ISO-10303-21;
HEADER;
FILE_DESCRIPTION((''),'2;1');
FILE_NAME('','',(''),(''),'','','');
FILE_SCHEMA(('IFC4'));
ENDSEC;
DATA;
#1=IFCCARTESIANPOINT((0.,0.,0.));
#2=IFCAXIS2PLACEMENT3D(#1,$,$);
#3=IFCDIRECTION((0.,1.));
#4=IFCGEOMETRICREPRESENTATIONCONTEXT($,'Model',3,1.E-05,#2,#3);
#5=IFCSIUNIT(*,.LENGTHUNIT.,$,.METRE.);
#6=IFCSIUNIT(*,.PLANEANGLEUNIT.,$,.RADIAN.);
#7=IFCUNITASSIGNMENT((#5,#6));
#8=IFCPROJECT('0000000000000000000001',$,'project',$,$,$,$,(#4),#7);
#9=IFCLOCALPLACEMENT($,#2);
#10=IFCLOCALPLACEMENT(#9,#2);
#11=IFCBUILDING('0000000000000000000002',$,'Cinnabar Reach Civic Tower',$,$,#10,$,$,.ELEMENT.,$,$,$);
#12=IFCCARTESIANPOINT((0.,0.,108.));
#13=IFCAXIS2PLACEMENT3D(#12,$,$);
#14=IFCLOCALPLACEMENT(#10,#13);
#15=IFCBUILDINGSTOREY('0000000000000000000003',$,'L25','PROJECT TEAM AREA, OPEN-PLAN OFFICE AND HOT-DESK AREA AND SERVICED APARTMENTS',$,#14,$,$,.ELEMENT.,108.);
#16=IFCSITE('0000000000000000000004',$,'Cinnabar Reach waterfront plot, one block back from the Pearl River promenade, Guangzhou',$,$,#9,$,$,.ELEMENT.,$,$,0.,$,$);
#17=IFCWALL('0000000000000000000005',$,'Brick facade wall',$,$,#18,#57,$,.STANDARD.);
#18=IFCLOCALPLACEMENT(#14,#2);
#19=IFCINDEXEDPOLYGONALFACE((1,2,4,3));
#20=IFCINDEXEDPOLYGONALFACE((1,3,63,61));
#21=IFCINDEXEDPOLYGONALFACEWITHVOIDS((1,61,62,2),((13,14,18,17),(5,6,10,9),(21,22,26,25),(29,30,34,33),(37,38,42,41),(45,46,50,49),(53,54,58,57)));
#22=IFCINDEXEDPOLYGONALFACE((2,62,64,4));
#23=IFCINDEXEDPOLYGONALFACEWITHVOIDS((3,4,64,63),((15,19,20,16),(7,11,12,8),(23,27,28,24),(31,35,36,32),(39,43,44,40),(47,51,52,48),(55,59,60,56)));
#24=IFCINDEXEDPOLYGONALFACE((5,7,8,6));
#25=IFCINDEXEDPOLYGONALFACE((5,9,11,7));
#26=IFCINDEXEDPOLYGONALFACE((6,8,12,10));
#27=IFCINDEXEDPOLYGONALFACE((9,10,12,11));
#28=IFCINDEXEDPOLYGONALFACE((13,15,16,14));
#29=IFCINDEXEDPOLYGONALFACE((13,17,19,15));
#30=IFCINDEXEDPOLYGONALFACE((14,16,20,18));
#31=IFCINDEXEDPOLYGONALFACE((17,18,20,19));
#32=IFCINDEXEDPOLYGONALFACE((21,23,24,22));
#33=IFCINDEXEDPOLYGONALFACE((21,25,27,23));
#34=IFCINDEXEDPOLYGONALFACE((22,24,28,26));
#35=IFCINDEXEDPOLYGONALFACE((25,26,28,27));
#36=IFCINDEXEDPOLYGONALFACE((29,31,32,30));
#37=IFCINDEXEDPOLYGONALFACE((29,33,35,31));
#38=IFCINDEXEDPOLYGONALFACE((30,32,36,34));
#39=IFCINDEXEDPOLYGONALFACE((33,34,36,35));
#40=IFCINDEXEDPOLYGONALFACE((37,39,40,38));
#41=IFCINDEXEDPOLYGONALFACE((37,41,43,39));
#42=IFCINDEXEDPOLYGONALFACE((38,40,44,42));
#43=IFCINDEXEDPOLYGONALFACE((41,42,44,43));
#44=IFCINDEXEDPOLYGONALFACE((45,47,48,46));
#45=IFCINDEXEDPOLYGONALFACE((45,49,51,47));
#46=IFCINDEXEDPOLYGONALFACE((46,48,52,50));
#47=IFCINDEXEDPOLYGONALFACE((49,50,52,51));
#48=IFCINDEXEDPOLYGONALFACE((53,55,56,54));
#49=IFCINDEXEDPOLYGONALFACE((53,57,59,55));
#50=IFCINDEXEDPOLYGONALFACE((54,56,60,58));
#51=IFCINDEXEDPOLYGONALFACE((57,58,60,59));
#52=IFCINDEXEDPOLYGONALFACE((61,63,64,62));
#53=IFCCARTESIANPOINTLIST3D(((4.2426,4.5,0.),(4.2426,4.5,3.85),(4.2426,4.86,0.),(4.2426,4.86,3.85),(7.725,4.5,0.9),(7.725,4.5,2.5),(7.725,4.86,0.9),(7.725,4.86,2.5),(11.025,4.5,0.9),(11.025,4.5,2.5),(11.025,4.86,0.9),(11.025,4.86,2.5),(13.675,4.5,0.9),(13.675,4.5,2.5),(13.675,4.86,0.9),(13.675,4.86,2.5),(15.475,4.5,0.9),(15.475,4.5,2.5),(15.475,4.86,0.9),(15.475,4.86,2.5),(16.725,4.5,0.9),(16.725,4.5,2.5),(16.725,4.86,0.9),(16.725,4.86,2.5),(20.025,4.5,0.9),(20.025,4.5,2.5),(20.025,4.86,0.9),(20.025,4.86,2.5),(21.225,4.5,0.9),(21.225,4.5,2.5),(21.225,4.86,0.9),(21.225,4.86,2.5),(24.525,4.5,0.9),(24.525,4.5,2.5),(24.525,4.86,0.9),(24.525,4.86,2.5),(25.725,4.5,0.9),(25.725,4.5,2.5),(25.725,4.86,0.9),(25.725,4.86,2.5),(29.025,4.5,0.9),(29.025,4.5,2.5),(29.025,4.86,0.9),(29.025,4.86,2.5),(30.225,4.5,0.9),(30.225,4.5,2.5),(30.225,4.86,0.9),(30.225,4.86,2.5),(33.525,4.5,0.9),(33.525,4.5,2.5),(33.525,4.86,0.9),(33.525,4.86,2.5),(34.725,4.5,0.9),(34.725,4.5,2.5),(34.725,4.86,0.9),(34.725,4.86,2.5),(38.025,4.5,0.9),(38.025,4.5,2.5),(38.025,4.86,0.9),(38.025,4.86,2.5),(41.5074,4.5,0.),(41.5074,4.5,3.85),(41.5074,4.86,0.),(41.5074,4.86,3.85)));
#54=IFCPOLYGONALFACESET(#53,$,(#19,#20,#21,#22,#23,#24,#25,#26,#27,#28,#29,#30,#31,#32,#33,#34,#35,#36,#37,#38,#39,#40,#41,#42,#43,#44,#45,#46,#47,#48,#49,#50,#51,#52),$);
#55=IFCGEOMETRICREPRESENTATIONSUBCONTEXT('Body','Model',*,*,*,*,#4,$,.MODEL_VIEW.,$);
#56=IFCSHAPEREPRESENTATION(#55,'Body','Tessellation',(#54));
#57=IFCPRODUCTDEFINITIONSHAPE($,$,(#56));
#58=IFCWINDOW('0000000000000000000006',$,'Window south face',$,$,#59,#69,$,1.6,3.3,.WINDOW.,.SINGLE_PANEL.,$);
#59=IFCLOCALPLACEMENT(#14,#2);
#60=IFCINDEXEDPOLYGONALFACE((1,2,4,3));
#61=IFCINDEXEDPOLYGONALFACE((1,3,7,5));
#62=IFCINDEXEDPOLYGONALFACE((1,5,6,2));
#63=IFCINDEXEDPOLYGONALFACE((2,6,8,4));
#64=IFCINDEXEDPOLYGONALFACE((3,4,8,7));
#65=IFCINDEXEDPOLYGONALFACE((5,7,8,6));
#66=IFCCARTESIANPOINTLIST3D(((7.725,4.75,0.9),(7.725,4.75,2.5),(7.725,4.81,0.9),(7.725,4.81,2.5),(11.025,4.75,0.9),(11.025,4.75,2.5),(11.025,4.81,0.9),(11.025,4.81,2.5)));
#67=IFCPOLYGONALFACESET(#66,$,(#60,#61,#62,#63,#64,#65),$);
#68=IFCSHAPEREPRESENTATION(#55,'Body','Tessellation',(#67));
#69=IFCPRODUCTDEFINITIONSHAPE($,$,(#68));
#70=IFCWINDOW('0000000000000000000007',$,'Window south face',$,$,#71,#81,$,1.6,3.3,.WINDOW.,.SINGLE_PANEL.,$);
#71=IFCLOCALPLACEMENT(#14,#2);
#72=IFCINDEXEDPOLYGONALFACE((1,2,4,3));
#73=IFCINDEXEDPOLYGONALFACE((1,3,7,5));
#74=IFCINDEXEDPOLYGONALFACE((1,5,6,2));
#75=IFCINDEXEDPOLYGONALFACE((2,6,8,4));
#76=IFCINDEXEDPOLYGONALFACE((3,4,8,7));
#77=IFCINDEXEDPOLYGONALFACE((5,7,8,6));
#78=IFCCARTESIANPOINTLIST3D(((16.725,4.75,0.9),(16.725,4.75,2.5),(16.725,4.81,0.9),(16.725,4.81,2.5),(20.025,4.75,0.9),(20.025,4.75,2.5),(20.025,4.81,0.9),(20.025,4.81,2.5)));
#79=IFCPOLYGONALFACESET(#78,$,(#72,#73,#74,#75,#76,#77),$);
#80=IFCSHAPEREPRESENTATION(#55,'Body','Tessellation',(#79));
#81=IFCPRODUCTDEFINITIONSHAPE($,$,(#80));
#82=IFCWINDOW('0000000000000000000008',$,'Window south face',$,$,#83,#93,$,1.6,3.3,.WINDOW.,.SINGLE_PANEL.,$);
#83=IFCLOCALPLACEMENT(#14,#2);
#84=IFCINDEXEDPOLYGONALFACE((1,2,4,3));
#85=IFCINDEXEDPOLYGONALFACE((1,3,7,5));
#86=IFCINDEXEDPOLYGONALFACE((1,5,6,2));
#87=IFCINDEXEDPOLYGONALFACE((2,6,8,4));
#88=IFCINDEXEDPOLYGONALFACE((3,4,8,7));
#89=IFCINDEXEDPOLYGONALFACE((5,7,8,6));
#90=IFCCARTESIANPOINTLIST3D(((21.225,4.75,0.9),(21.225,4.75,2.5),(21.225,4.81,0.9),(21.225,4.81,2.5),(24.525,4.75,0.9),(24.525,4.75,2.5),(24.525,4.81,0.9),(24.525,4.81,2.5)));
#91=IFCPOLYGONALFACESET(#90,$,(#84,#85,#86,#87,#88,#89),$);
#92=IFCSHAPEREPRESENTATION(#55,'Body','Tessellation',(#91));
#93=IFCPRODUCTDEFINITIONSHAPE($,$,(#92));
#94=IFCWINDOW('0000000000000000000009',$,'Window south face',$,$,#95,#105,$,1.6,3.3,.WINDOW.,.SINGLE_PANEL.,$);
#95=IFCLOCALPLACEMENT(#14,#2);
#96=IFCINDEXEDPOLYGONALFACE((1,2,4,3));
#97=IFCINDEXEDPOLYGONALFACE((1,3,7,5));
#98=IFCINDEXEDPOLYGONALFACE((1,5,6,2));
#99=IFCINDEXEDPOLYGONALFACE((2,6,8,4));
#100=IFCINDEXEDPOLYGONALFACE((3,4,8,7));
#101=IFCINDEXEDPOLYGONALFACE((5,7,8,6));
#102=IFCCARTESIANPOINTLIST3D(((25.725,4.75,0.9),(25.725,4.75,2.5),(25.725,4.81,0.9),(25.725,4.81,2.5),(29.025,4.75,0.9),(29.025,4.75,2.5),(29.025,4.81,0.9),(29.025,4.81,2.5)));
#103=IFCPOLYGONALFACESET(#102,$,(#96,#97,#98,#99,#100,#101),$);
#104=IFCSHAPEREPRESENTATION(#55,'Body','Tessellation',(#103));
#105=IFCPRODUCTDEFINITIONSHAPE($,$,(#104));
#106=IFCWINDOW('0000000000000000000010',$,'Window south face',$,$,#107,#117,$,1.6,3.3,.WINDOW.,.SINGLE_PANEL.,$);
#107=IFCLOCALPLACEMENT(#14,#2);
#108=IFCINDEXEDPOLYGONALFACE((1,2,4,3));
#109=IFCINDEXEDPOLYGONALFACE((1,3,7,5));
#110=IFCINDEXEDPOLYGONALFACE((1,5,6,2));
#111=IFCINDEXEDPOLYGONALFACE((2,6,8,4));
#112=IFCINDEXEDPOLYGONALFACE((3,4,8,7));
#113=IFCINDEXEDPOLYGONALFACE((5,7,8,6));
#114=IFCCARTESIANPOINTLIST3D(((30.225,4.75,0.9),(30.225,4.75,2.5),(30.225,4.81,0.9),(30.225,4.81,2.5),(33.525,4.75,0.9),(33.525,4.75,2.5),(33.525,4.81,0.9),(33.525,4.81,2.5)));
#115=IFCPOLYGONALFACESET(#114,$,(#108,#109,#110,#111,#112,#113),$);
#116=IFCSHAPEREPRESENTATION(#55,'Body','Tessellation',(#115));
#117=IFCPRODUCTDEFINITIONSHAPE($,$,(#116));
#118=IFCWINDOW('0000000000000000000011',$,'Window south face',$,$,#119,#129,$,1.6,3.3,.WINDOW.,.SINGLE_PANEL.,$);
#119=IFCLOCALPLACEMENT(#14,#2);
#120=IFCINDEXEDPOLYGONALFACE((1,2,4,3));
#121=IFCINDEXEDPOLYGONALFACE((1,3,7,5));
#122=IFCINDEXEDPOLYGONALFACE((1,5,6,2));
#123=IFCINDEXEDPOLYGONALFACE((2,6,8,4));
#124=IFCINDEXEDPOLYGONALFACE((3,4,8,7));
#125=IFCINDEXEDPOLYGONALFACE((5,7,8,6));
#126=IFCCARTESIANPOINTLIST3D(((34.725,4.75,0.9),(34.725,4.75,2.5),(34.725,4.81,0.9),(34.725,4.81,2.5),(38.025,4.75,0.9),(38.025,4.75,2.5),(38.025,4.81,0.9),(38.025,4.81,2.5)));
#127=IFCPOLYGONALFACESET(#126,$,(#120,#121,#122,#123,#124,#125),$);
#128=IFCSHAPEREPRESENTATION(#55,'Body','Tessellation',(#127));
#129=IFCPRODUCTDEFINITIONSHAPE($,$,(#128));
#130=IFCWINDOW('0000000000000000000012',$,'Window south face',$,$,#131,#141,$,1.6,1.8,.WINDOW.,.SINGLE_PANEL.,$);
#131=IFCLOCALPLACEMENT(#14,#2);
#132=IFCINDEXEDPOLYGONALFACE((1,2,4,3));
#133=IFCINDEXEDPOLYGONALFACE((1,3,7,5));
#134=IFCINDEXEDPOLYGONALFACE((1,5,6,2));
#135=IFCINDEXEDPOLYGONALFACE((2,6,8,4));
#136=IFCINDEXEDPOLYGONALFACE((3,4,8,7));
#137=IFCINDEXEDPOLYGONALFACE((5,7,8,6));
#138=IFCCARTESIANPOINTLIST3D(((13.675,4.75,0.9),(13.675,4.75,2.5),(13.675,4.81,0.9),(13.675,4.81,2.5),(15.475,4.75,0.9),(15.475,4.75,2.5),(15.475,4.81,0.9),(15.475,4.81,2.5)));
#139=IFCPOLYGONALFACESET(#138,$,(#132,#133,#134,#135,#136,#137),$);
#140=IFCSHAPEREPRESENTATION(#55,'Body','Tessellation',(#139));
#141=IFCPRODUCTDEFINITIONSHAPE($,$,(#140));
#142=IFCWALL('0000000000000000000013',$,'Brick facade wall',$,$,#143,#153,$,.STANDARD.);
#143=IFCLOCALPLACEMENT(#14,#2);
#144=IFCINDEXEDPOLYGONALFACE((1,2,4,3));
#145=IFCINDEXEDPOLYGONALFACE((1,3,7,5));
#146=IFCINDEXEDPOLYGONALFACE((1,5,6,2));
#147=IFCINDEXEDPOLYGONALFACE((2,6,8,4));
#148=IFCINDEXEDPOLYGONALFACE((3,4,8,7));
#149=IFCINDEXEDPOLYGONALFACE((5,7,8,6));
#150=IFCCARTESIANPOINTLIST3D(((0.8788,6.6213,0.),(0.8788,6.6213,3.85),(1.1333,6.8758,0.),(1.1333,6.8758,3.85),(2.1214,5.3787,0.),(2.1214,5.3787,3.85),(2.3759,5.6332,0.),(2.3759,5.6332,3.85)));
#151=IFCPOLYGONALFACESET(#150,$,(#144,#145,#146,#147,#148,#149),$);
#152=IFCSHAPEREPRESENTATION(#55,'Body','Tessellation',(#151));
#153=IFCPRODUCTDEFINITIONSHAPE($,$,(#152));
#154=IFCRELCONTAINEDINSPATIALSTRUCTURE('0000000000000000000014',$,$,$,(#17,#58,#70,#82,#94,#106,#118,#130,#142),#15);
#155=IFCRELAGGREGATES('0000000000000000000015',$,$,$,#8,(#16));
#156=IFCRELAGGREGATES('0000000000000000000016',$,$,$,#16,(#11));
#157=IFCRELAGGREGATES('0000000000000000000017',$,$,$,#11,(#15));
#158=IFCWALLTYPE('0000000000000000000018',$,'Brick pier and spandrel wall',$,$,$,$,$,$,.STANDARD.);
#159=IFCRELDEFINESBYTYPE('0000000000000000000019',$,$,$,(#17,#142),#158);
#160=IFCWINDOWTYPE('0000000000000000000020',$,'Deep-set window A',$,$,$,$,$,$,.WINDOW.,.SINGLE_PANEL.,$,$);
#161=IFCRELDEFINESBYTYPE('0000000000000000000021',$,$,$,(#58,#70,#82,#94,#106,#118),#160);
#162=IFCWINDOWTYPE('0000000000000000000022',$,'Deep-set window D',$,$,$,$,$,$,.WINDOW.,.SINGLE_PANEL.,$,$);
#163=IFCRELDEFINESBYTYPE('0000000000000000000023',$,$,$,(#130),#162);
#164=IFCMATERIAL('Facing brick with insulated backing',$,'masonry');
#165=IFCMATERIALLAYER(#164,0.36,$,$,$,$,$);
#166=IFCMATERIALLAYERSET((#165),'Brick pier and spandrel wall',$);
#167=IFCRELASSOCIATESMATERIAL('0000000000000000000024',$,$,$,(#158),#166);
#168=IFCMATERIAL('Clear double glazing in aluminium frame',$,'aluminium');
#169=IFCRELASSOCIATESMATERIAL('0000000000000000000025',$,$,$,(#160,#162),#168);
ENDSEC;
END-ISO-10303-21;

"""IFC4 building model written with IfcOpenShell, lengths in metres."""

from ifc_helpers import new_model, si_unit, direction, frame, frame_2d, origin, place, context, subcontext, project, spatial, rectangle, extrude, material, layer, layer_set, type_object, element, fill, save


model = new_model("IFC4")

# Units and contexts
model_context = context("Model", 3, precision=1e-05, world=origin(), true_north=direction((0.0, 1.0)))
body_context = subcontext(model_context, "Body", "Model", "MODEL_VIEW")
ifc_project = project(units=[si_unit("LENGTHUNIT", "METRE"), si_unit("PLANEANGLEUNIT", "RADIAN")], contexts=[model_context])

# Site, building, storey
site_placement = place(None, origin())
site = spatial("IfcSite", under=ifc_project, at=site_placement, Name="Cinnabar Reach waterfront plot, one block back from the Pearl River promenade, Guangzhou", CompositionType="ELEMENT", RefElevation=0.0)
building_placement = place(site_placement, origin())
building = spatial("IfcBuilding", under=site, at=building_placement, Name="Cinnabar Reach Civic Tower", CompositionType="ELEMENT")
storey_placement = place(building_placement, frame((0.0, 0.0, 108.0)))
storey = spatial("IfcBuildingStorey", under=building, at=storey_placement, Name="L25", Description="PROJECT TEAM AREA, OPEN-PLAN OFFICE AND HOT-DESK AREA AND SERVICED APARTMENTS", CompositionType="ELEMENT", Elevation=108.0)

# Shared definitions
ifc_material_1 = material(Name="Facing brick with insulated backing", Category="masonry")

# Wall, openings, windows
ifc_layer_1 = layer(ifc_material_1, 0.36)
ifc_layer_set_1 = layer_set([ifc_layer_1], Name="Brick pier and spandrel wall")
wall_type_1 = type_object("IfcWallType", Name="Brick pier and spandrel wall", PredefinedType="STANDARD", material=ifc_layer_set_1)
wall_1_placement = place(storey_placement, frame((4.2426, 4.68, 0.0), z_axis=(0.0, 0.0, 1.0), x_axis=(1.0, 0.0, 0.0)))
wall_1 = element("IfcWall", 1, at=wall_1_placement, inside=storey, type_object=wall_type_1, Name="Brick facade wall", PredefinedType="STANDARD", context=body_context, shape_type="SweptSolid", body=[
    extrude(rectangle(XDim=37.2648, YDim=0.36, at=frame_2d((18.6324, 0.0))), origin(), (0.0, 0.0, 1.0), 3.85),
])
opening_1_placement = place(wall_1_placement, frame((3.4824, 0.0, 0.9)))
opening_1 = element("IfcOpeningElement", 2, at=opening_1_placement, cuts=wall_1, PredefinedType="OPENING", context=body_context, shape_type="SweptSolid", body=[
    extrude(rectangle(XDim=3.3, YDim=1.6, at=frame_2d((1.65, 0.8))), frame((0.0, 0.19, 0.0), z_axis=(0.0, -1.0, 0.0), x_axis=(1.0, 0.0, 0.0)), (0.0, 0.0, 1.0), 0.38),
])
opening_2_placement = place(wall_1_placement, frame((9.4324, 0.0, 0.9)))
opening_2 = element("IfcOpeningElement", 3, at=opening_2_placement, cuts=wall_1, PredefinedType="OPENING", context=body_context, shape_type="SweptSolid", body=[
    extrude(rectangle(XDim=1.8, YDim=1.6, at=frame_2d((0.9, 0.8))), frame((0.0, 0.19, 0.0), z_axis=(0.0, -1.0, 0.0), x_axis=(1.0, 0.0, 0.0)), (0.0, 0.0, 1.0), 0.38),
])
opening_3_placement = place(wall_1_placement, frame((12.4824, 0.0, 0.9)))
opening_3 = element("IfcOpeningElement", 4, at=opening_3_placement, cuts=wall_1, PredefinedType="OPENING", context=body_context, shape_type="SweptSolid", body=[
    extrude(rectangle(XDim=3.3, YDim=1.6, at=frame_2d((1.65, 0.8))), frame((0.0, 0.19, 0.0), z_axis=(0.0, -1.0, 0.0), x_axis=(1.0, 0.0, 0.0)), (0.0, 0.0, 1.0), 0.38),
])
opening_4_placement = place(wall_1_placement, frame((16.9824, 0.0, 0.9)))
opening_4 = element("IfcOpeningElement", 5, at=opening_4_placement, cuts=wall_1, PredefinedType="OPENING", context=body_context, shape_type="SweptSolid", body=[
    extrude(rectangle(XDim=3.3, YDim=1.6, at=frame_2d((1.65, 0.8))), frame((0.0, 0.19, 0.0), z_axis=(0.0, -1.0, 0.0), x_axis=(1.0, 0.0, 0.0)), (0.0, 0.0, 1.0), 0.38),
])
opening_5_placement = place(wall_1_placement, frame((21.4824, 0.0, 0.9)))
opening_5 = element("IfcOpeningElement", 6, at=opening_5_placement, cuts=wall_1, PredefinedType="OPENING", context=body_context, shape_type="SweptSolid", body=[
    extrude(rectangle(XDim=3.3, YDim=1.6, at=frame_2d((1.65, 0.8))), frame((0.0, 0.19, 0.0), z_axis=(0.0, -1.0, 0.0), x_axis=(1.0, 0.0, 0.0)), (0.0, 0.0, 1.0), 0.38),
])
opening_6_placement = place(wall_1_placement, frame((25.9824, 0.0, 0.9)))
opening_6 = element("IfcOpeningElement", 7, at=opening_6_placement, cuts=wall_1, PredefinedType="OPENING", context=body_context, shape_type="SweptSolid", body=[
    extrude(rectangle(XDim=3.3, YDim=1.6, at=frame_2d((1.65, 0.8))), frame((0.0, 0.19, 0.0), z_axis=(0.0, -1.0, 0.0), x_axis=(1.0, 0.0, 0.0)), (0.0, 0.0, 1.0), 0.38),
])
opening_7_placement = place(wall_1_placement, frame((30.4824, 0.0, 0.9)))
opening_7 = element("IfcOpeningElement", 8, at=opening_7_placement, cuts=wall_1, PredefinedType="OPENING", context=body_context, shape_type="SweptSolid", body=[
    extrude(rectangle(XDim=3.3, YDim=1.6, at=frame_2d((1.65, 0.8))), frame((0.0, 0.19, 0.0), z_axis=(0.0, -1.0, 0.0), x_axis=(1.0, 0.0, 0.0)), (0.0, 0.0, 1.0), 0.38),
])
ifc_material_2 = material(Name="Clear double glazing in aluminium frame", Category="aluminium")
window_type_1 = type_object("IfcWindowType", Name="Deep-set window A", PartitioningType="SINGLE_PANEL", PredefinedType="WINDOW", material=ifc_material_2)
window_1_placement = place(opening_1_placement, origin())
window_1 = element("IfcWindow", 9, at=window_1_placement, inside=storey, type_object=window_type_1, Name="Window south face", OverallHeight=1.6, OverallWidth=3.3, PartitioningType="SINGLE_PANEL", PredefinedType="WINDOW", context=body_context, shape_type="SweptSolid", body=[
    extrude(rectangle(XDim=3.3, YDim=1.6, at=frame_2d((1.65, 0.8))), frame((0.0, 0.13, 0.0), z_axis=(0.0, -1.0, 0.0), x_axis=(1.0, 0.0, 0.0)), (0.0, 0.0, 1.0), 0.06),
])
fill(opening_1, window_1)
window_2_placement = place(opening_3_placement, origin())
window_2 = element("IfcWindow", 10, at=window_2_placement, inside=storey, type_object=window_type_1, Name="Window south face", OverallHeight=1.6, OverallWidth=3.3, PartitioningType="SINGLE_PANEL", PredefinedType="WINDOW", context=body_context, shape_type="SweptSolid", body=[
    extrude(rectangle(XDim=3.3, YDim=1.6, at=frame_2d((1.65, 0.8))), frame((0.0, 0.13, 0.0), z_axis=(0.0, -1.0, 0.0), x_axis=(1.0, 0.0, 0.0)), (0.0, 0.0, 1.0), 0.06),
])
fill(opening_3, window_2)
window_3_placement = place(opening_4_placement, origin())
window_3 = element("IfcWindow", 11, at=window_3_placement, inside=storey, type_object=window_type_1, Name="Window south face", OverallHeight=1.6, OverallWidth=3.3, PartitioningType="SINGLE_PANEL", PredefinedType="WINDOW", context=body_context, shape_type="SweptSolid", body=[
    extrude(rectangle(XDim=3.3, YDim=1.6, at=frame_2d((1.65, 0.8))), frame((0.0, 0.13, 0.0), z_axis=(0.0, -1.0, 0.0), x_axis=(1.0, 0.0, 0.0)), (0.0, 0.0, 1.0), 0.06),
])
fill(opening_4, window_3)
window_4_placement = place(opening_5_placement, origin())
window_4 = element("IfcWindow", 12, at=window_4_placement, inside=storey, type_object=window_type_1, Name="Window south face", OverallHeight=1.6, OverallWidth=3.3, PartitioningType="SINGLE_PANEL", PredefinedType="WINDOW", context=body_context, shape_type="SweptSolid", body=[
    extrude(rectangle(XDim=3.3, YDim=1.6, at=frame_2d((1.65, 0.8))), frame((0.0, 0.13, 0.0), z_axis=(0.0, -1.0, 0.0), x_axis=(1.0, 0.0, 0.0)), (0.0, 0.0, 1.0), 0.06),
])
fill(opening_5, window_4)
window_5_placement = place(opening_6_placement, origin())
window_5 = element("IfcWindow", 13, at=window_5_placement, inside=storey, type_object=window_type_1, Name="Window south face", OverallHeight=1.6, OverallWidth=3.3, PartitioningType="SINGLE_PANEL", PredefinedType="WINDOW", context=body_context, shape_type="SweptSolid", body=[
    extrude(rectangle(XDim=3.3, YDim=1.6, at=frame_2d((1.65, 0.8))), frame((0.0, 0.13, 0.0), z_axis=(0.0, -1.0, 0.0), x_axis=(1.0, 0.0, 0.0)), (0.0, 0.0, 1.0), 0.06),
])
fill(opening_6, window_5)
window_6_placement = place(opening_7_placement, origin())
window_6 = element("IfcWindow", 14, at=window_6_placement, inside=storey, type_object=window_type_1, Name="Window south face", OverallHeight=1.6, OverallWidth=3.3, PartitioningType="SINGLE_PANEL", PredefinedType="WINDOW", context=body_context, shape_type="SweptSolid", body=[
    extrude(rectangle(XDim=3.3, YDim=1.6, at=frame_2d((1.65, 0.8))), frame((0.0, 0.13, 0.0), z_axis=(0.0, -1.0, 0.0), x_axis=(1.0, 0.0, 0.0)), (0.0, 0.0, 1.0), 0.06),
])
fill(opening_7, window_6)
window_type_2 = type_object("IfcWindowType", Name="Deep-set window D", PartitioningType="SINGLE_PANEL", PredefinedType="WINDOW", material=ifc_material_2)
window_7_placement = place(opening_2_placement, origin())
window_7 = element("IfcWindow", 15, at=window_7_placement, inside=storey, type_object=window_type_2, Name="Window south face", OverallHeight=1.6, OverallWidth=1.8, PartitioningType="SINGLE_PANEL", PredefinedType="WINDOW", context=body_context, shape_type="SweptSolid", body=[
    extrude(rectangle(XDim=1.8, YDim=1.6, at=frame_2d((0.9, 0.8))), frame((0.0, 0.13, 0.0), z_axis=(0.0, -1.0, 0.0), x_axis=(1.0, 0.0, 0.0)), (0.0, 0.0, 1.0), 0.06),
])
fill(opening_2, window_7)

# Wall
wall_2_placement = place(storey_placement, frame((1.006, 6.7486, 0.0), z_axis=(0.0, 0.0, 1.0), x_axis=(0.707107, -0.707107, 0.0)))
element("IfcWall", 16, at=wall_2_placement, inside=storey, type_object=wall_type_1, Name="Brick facade wall", PredefinedType="STANDARD", context=body_context, shape_type="SweptSolid", body=[
    extrude(rectangle(XDim=1.7573, YDim=0.36, at=frame_2d((0.8787, 0.0))), origin(), (0.0, 0.0, 1.0), 3.85),
])

save(model, "model.ifc")
